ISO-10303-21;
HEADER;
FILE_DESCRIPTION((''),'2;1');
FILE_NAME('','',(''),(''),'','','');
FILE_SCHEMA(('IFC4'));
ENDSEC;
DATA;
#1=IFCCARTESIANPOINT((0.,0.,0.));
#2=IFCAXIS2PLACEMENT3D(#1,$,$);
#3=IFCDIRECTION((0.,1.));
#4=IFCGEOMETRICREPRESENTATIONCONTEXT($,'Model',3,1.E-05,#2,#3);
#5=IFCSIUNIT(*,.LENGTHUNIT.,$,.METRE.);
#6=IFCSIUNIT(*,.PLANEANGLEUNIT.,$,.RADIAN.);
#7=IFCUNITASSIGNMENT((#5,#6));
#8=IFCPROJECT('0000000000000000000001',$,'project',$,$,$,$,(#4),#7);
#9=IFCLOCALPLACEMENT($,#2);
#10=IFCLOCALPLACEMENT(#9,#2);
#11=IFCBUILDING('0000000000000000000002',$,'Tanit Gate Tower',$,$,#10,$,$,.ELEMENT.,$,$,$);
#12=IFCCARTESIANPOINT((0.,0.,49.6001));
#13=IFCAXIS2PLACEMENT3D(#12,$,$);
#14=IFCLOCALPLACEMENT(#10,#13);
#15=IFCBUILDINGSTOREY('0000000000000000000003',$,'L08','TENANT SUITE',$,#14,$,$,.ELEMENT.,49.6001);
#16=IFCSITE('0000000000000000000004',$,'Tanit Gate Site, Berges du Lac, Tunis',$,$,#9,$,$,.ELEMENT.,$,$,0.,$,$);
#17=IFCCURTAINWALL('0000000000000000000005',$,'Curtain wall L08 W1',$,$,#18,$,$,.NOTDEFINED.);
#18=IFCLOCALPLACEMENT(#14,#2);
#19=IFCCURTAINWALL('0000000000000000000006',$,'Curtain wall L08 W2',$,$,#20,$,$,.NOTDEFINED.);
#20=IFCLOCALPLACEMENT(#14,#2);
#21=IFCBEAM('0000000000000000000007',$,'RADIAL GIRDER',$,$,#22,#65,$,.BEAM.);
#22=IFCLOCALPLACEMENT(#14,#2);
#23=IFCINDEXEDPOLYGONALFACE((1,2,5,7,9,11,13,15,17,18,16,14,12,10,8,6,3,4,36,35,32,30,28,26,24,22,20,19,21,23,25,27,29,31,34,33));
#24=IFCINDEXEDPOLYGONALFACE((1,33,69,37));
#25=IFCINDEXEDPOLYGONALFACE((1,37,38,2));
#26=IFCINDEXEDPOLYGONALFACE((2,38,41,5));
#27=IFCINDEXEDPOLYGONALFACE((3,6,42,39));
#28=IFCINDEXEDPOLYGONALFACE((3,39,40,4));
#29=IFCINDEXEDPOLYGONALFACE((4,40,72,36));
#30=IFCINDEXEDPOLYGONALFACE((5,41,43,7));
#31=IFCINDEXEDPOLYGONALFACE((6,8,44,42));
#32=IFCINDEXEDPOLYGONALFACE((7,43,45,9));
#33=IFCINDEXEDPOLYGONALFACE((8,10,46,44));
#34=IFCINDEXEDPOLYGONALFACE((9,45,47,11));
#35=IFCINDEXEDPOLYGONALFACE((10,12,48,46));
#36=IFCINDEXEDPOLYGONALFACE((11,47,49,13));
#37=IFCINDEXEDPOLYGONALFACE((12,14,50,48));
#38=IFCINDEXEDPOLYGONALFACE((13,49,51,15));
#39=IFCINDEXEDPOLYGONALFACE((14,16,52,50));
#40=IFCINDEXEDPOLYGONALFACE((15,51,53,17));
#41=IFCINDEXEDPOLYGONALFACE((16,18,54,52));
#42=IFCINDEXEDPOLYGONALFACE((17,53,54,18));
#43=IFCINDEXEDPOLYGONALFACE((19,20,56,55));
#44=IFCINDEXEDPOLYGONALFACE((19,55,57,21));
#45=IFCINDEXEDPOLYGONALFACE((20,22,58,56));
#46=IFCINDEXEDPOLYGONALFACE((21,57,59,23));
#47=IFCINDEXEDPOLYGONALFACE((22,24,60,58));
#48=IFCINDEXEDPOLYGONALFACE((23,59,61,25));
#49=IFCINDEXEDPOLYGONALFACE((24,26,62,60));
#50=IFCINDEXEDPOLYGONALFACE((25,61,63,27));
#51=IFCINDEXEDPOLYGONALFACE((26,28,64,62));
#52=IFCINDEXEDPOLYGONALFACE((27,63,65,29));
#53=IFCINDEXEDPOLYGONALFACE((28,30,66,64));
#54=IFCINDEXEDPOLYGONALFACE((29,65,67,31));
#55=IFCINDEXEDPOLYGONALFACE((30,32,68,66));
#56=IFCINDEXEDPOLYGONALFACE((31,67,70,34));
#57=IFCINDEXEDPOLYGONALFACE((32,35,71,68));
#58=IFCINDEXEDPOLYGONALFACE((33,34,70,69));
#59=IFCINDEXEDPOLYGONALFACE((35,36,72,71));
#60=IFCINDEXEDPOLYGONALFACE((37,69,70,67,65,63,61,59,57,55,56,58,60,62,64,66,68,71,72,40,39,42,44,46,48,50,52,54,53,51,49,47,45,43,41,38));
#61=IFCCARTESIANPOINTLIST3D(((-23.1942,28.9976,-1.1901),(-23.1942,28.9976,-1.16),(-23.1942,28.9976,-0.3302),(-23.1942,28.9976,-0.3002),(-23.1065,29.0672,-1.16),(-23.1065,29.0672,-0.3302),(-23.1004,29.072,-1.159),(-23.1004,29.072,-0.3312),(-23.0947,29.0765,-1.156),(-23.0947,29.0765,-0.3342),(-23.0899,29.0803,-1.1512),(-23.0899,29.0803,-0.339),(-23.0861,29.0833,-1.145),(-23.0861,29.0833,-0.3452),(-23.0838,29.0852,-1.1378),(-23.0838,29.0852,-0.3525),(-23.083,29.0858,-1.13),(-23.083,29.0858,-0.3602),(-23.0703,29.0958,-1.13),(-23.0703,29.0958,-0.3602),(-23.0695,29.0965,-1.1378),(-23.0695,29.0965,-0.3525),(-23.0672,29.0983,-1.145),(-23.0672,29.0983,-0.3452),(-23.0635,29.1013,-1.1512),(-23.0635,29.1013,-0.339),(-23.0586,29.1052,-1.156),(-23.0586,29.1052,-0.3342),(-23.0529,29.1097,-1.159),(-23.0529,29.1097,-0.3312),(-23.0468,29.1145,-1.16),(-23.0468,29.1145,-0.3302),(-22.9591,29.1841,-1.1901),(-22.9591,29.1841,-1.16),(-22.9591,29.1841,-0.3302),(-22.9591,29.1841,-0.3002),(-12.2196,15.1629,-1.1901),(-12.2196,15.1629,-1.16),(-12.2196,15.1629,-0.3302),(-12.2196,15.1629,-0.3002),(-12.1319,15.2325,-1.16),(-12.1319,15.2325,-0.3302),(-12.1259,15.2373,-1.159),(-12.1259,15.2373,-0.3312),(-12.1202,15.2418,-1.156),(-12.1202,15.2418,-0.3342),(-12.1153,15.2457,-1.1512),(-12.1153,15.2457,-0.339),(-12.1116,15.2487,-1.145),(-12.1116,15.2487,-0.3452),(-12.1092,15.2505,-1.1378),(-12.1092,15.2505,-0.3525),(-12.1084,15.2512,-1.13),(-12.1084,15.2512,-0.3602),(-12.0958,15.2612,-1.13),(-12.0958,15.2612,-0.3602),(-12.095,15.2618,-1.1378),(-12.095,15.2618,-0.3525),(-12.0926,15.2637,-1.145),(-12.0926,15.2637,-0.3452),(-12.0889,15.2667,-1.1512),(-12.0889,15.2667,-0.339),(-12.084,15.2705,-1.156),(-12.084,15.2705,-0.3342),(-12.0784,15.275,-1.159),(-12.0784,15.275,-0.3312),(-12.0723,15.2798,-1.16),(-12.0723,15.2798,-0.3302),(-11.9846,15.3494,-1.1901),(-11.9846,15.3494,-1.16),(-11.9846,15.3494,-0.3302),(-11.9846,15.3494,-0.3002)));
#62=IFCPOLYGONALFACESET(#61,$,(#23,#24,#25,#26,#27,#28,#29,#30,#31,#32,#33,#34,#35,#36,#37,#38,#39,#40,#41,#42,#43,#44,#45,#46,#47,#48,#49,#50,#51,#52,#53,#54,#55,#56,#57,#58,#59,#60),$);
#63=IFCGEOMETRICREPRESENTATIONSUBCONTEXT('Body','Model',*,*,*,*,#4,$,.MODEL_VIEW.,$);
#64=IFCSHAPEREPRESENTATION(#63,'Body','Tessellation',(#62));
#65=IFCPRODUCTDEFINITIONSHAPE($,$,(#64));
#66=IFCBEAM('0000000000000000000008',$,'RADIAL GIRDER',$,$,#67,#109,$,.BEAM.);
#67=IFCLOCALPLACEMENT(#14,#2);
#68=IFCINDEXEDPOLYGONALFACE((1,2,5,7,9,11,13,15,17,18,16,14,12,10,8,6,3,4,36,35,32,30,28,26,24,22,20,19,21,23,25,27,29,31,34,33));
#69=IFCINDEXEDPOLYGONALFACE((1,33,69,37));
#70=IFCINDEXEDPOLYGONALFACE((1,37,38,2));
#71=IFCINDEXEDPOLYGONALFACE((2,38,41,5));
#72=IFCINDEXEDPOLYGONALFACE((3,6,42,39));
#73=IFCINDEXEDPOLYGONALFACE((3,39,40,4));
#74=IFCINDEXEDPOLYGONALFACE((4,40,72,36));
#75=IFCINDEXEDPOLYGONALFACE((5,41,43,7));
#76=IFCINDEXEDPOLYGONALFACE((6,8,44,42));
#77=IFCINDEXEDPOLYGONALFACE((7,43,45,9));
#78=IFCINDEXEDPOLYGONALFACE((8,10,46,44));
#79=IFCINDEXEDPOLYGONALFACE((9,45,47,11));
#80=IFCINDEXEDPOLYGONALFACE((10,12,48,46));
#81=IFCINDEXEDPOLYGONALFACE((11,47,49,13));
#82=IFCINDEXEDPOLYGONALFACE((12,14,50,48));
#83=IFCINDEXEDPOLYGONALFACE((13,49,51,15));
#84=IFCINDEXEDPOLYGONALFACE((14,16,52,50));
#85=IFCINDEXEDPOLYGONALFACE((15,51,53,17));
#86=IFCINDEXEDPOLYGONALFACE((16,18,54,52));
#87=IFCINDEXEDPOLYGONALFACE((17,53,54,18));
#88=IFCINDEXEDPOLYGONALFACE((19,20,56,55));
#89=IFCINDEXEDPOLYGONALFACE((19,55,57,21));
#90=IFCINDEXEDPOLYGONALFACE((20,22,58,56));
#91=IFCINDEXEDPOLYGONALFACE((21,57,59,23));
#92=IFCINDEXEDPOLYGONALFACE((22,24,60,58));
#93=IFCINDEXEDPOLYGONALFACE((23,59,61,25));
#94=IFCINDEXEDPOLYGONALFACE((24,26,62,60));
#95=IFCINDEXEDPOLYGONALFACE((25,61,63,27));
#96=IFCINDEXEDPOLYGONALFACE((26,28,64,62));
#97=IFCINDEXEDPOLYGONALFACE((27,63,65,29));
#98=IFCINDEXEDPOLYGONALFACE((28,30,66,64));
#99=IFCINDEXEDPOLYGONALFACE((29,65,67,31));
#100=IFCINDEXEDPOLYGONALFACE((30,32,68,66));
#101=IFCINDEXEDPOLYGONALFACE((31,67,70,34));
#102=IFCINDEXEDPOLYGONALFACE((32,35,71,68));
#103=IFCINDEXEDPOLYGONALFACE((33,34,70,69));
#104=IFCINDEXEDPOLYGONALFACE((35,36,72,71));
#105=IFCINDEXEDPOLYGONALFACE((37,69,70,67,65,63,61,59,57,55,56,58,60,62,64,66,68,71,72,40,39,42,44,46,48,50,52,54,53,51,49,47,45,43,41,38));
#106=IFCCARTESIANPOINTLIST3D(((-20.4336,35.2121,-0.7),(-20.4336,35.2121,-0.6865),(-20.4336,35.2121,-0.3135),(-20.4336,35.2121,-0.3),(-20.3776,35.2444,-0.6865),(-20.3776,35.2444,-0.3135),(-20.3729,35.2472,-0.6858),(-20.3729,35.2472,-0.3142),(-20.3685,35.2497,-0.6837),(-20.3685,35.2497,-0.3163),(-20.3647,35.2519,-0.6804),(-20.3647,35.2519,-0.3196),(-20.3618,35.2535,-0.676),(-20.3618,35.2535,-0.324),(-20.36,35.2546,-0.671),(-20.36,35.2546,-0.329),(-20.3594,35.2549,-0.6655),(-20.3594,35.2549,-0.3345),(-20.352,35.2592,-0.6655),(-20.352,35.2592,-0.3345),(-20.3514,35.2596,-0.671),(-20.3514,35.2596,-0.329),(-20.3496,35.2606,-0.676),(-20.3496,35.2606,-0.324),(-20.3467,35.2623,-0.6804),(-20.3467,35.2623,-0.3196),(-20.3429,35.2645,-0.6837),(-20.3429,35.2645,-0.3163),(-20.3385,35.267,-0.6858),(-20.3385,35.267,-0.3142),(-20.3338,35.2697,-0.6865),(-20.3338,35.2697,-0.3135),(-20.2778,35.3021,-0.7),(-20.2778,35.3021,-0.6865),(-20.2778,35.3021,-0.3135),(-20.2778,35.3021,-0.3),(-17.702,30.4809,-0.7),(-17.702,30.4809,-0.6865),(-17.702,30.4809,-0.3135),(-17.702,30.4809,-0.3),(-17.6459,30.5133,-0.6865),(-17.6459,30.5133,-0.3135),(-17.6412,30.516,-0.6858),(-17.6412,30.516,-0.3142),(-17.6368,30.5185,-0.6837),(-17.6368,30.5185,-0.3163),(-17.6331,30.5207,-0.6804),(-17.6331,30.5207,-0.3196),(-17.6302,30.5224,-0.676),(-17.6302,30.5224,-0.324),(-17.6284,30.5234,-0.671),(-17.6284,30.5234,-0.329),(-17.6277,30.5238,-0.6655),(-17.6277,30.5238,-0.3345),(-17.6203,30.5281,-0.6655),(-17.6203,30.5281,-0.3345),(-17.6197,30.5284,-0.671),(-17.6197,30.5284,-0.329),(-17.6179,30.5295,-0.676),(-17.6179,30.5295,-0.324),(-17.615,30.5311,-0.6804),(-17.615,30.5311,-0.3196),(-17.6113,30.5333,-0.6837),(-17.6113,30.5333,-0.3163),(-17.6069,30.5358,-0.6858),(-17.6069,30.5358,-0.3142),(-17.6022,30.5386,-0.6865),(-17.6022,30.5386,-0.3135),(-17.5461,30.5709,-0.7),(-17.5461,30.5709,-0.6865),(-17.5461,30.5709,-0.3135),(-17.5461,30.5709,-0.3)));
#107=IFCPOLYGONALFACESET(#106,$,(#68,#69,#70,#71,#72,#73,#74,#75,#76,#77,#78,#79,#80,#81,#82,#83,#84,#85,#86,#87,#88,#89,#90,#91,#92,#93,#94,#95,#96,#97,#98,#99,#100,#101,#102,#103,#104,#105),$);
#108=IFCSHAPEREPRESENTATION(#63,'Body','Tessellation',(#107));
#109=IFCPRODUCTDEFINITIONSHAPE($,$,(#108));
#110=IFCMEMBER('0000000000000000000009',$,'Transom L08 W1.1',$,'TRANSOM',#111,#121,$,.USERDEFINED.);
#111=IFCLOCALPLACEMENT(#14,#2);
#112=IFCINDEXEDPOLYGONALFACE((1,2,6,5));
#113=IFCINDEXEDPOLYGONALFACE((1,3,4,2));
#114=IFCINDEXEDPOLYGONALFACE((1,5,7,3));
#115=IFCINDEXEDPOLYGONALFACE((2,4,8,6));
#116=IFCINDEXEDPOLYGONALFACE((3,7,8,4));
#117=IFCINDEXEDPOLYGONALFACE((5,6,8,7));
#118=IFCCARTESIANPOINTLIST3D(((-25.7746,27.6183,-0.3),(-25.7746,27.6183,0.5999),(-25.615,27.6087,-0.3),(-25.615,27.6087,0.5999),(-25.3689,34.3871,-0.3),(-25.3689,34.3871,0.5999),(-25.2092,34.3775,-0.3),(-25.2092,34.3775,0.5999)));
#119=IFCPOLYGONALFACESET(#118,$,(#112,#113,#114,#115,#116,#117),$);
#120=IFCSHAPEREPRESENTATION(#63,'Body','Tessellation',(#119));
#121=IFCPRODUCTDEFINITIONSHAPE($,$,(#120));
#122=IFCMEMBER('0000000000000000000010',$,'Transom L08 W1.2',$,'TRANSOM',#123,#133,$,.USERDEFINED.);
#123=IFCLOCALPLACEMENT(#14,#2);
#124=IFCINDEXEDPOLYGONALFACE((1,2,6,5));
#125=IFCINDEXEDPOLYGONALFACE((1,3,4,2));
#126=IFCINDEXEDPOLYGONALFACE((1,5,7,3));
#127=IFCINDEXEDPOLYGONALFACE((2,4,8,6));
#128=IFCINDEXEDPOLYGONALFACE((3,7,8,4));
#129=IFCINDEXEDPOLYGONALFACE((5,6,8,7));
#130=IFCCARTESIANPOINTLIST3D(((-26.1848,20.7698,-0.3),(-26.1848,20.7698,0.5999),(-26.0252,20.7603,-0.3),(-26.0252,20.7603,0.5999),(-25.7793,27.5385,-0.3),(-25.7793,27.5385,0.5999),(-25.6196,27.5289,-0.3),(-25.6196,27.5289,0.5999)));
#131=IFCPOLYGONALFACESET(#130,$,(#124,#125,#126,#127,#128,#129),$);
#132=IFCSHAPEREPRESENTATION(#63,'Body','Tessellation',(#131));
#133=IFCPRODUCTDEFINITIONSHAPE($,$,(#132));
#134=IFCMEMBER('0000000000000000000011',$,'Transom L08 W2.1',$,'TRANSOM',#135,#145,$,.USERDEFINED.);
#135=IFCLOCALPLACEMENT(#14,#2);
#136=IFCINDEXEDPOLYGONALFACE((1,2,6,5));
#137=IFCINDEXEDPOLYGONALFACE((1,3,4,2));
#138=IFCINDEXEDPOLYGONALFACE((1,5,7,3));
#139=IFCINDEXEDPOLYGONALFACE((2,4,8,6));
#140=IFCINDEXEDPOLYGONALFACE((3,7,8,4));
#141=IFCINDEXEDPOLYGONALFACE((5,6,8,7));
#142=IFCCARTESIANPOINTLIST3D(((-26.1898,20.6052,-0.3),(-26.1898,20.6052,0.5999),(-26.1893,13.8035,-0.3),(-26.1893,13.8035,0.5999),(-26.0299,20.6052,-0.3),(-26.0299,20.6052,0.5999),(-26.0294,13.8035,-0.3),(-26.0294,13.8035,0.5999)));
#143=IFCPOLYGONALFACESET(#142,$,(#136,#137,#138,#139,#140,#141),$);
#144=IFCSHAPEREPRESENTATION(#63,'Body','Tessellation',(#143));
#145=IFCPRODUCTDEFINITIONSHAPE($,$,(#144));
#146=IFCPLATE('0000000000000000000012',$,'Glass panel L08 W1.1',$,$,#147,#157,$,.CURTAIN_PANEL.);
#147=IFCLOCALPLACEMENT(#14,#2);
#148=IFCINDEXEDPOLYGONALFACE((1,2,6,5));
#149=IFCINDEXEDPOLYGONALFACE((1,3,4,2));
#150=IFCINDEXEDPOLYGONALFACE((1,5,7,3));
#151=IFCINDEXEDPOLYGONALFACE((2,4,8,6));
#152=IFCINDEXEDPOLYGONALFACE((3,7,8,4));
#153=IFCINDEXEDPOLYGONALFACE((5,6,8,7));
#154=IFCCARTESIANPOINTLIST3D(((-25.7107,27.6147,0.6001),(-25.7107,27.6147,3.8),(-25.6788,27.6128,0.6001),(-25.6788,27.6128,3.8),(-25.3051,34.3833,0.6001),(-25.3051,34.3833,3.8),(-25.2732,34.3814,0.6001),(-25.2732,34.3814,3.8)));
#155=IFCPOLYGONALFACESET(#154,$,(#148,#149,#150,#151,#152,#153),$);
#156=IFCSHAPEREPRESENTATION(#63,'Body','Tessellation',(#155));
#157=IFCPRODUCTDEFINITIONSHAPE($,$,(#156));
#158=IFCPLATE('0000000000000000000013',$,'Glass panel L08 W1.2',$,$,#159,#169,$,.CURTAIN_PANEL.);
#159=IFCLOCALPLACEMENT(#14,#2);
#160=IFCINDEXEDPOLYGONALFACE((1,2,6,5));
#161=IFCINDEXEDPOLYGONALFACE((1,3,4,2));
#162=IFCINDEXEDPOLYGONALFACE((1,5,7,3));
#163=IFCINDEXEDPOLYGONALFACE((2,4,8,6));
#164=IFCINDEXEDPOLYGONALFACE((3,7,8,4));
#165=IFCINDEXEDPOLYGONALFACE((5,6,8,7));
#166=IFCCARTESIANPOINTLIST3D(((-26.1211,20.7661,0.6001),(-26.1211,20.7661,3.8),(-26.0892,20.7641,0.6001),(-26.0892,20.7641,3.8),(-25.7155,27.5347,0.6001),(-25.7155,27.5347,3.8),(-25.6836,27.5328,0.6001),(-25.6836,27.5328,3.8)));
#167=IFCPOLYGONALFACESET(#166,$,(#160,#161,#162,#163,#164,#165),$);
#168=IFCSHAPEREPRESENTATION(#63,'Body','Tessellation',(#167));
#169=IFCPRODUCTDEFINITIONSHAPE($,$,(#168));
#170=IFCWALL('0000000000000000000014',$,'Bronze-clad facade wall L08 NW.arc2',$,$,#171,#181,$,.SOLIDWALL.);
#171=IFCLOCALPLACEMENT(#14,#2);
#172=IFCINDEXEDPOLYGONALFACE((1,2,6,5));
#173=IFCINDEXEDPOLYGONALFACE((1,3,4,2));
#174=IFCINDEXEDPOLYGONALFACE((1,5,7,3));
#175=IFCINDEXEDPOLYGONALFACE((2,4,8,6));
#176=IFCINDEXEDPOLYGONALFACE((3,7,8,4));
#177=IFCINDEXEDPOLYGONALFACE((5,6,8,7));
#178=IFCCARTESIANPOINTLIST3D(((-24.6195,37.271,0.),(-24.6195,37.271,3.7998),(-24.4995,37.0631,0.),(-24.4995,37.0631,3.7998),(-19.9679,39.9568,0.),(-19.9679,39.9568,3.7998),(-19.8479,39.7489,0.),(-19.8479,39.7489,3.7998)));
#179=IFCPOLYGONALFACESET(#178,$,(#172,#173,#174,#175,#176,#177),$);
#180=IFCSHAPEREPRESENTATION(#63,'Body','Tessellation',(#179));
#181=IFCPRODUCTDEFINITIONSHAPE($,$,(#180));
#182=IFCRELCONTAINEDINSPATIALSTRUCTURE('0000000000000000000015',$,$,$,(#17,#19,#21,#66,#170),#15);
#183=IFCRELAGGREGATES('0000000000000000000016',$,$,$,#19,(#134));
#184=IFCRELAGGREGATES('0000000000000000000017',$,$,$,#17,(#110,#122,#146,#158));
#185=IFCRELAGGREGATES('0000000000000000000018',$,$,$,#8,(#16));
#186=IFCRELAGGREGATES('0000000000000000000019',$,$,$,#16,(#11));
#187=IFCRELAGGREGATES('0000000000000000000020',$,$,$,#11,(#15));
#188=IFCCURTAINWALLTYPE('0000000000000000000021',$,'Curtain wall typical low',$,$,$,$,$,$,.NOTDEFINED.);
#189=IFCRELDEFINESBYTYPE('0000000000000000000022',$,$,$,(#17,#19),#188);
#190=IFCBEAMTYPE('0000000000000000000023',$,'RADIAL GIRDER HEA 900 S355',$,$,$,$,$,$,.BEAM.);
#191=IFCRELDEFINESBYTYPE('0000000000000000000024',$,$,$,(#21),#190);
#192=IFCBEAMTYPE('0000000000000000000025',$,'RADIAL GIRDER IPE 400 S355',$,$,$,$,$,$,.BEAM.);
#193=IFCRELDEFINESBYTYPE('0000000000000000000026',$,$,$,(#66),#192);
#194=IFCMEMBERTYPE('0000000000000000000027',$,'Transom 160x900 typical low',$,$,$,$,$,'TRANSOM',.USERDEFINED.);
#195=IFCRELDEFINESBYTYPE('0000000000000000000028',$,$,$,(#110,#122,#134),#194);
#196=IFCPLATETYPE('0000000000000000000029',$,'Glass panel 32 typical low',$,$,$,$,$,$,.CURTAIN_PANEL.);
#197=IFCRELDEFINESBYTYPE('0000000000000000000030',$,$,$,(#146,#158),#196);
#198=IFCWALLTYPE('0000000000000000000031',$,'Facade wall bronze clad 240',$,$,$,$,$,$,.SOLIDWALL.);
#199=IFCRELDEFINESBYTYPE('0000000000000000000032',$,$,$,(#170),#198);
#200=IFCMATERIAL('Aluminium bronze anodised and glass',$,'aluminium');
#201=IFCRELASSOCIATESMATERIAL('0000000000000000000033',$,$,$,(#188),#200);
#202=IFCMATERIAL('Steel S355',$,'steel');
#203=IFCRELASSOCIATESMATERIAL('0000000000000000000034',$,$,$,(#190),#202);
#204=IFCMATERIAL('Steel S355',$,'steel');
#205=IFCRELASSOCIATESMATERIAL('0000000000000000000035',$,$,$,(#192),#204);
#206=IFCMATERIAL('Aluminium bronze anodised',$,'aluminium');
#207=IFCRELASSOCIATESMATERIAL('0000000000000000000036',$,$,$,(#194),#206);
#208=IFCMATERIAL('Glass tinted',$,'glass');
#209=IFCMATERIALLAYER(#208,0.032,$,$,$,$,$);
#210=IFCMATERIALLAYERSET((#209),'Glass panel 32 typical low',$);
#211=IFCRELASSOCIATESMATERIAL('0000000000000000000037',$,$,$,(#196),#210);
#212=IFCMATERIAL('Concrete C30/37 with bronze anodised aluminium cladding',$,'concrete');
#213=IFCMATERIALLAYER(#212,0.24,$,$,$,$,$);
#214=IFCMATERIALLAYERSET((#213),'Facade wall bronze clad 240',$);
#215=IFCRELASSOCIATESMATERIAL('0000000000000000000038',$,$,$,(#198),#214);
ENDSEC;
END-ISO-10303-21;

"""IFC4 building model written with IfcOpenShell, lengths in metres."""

from ifc_helpers import new_model, si_unit, direction, frame, frame_2d, origin, origin_2d, place, context, subcontext, project, spatial, rectangle, i_section, extrude, material, layer, layer_set, material_profile, profile_set, type_object, element, aggregate, save


model = new_model("IFC4")

# Units and contexts
model_context = context("Model", 3, precision=1e-05, world=origin(), true_north=direction((0.0, 1.0)))
body_context = subcontext(model_context, "Body", "Model", "MODEL_VIEW")
ifc_project = project(units=[si_unit("LENGTHUNIT", "METRE"), si_unit("PLANEANGLEUNIT", "RADIAN")], contexts=[model_context])

# Site, building, storey
site_placement = place(None, origin())
site = spatial("IfcSite", under=ifc_project, at=site_placement, Name="Tanit Gate Site, Berges du Lac, Tunis", CompositionType="ELEMENT", RefElevation=0.0)
building_placement = place(site_placement, origin())
building = spatial("IfcBuilding", under=site, at=building_placement, Name="Tanit Gate Tower", CompositionType="ELEMENT")
storey_placement = place(building_placement, frame((0.0, 0.0, 49.6001)))
storey = spatial("IfcBuildingStorey", under=building, at=storey_placement, Name="L08", Description="TENANT SUITE", CompositionType="ELEMENT", Elevation=49.6001)

# Curtain walls
ifc_material_1 = material(Name="Aluminium bronze anodised and glass", Category="aluminium")
curtain_wall_type = type_object("IfcCurtainWallType", Name="Curtain wall typical low", PredefinedType="NOTDEFINED", material=ifc_material_1)
curtain_wall_1_placement = place(storey_placement, origin())
curtain_wall_1 = element("IfcCurtainWall", 1, at=curtain_wall_1_placement, inside=storey, type_object=curtain_wall_type, Name="Curtain wall L08 W1", PredefinedType="NOTDEFINED")
curtain_wall_2_placement = place(storey_placement, origin())
curtain_wall_2 = element("IfcCurtainWall", 2, at=curtain_wall_2_placement, inside=storey, type_object=curtain_wall_type, Name="Curtain wall L08 W2", PredefinedType="NOTDEFINED")

# Beams
ifc_material_2 = material(Name="Steel S355", Category="steel")
ifc_material_profile_1 = material_profile(ifc_material_2, i_section(OverallWidth=0.3, OverallDepth=0.8899, WebThickness=0.0161, FlangeThickness=0.03, FilletRadius=0.03, at=origin_2d()), Name="HEA 900")
ifc_profile_set_1 = profile_set([ifc_material_profile_1], Name="Steel S355")
beam_type_1 = type_object("IfcBeamType", Name="RADIAL GIRDER HEA 900 S355", PredefinedType="BEAM", material=ifc_profile_set_1)
beam_1_placement = place(storey_placement, frame((-23.0767, 29.0908, -0.7451), z_axis=(0.621473, -0.783436, 0.0), x_axis=(0.783436, 0.621473, 0.0)))
element("IfcBeam", 3, at=beam_1_placement, inside=storey, type_object=beam_type_1, Name="RADIAL GIRDER", PredefinedType="BEAM", context=body_context, shape_type="SweptSolid", body=[
    extrude(i_section(OverallWidth=0.3, OverallDepth=0.8899, WebThickness=0.0161, FlangeThickness=0.03, FilletRadius=0.03, at=origin_2d()), origin(), (0.0, 0.0, 1.0), 17.6589),
])
ifc_material_3 = material(Name="Steel S355", Category="steel")
ifc_material_profile_2 = material_profile(ifc_material_3, i_section(OverallWidth=0.1799, OverallDepth=0.3999, WebThickness=0.0085, FlangeThickness=0.0134, FilletRadius=0.021, at=origin_2d()), Name="IPE 400")
ifc_profile_set_2 = profile_set([ifc_material_profile_2], Name="Steel S355")
beam_type_2 = type_object("IfcBeamType", Name="RADIAL GIRDER IPE 400 S355", PredefinedType="BEAM", material=ifc_profile_set_2)
beam_2_placement = place(storey_placement, frame((-20.3557, 35.2571, -0.5), z_axis=(0.500018, -0.866015, 0.0), x_axis=(0.866015, 0.500018, 0.0)))
element("IfcBeam", 4, at=beam_2_placement, inside=storey, type_object=beam_type_2, Name="RADIAL GIRDER", PredefinedType="BEAM", context=body_context, shape_type="SweptSolid", body=[
    extrude(i_section(OverallWidth=0.1799, OverallDepth=0.3999, WebThickness=0.0085, FlangeThickness=0.0134, FilletRadius=0.021, at=origin_2d()), origin(), (0.0, 0.0, 1.0), 5.4631),
])

# Members
ifc_material_4 = material(Name="Aluminium bronze anodised", Category="aluminium")
ifc_material_profile_3 = material_profile(ifc_material_4, rectangle(XDim=0.1599, YDim=0.8999, at=origin_2d()), Name="160x900 bronze transom")
ifc_profile_set_3 = profile_set([ifc_material_profile_3], Name="Aluminium bronze anodised")
member_type_1 = type_object("IfcMemberType", Name="Transom 160x900 typical low", ElementType="TRANSOM", PredefinedType="USERDEFINED", material=ifc_profile_set_3)
member_1_placement = place(storey_placement, frame((-25.2891, 34.3823, 0.1499), z_axis=(-0.059838, -0.998208, 0.0), x_axis=(0.998208, -0.059838, 0.0)))
member_1 = element("IfcMember", 5, at=member_1_placement, type_object=member_type_1, Name="Transom L08 W1.1", ObjectType="TRANSOM", PredefinedType="USERDEFINED", context=body_context, shape_type="SweptSolid", body=[
    extrude(rectangle(XDim=0.1599, YDim=0.8999, at=origin_2d()), origin(), (0.0, 0.0, 1.0), 6.781),
])
member_2_placement = place(storey_placement, frame((-25.6995, 27.5337, 0.1499), z_axis=(-0.059805, -0.99821, 0.0), x_axis=(0.99821, -0.059805, 0.0)))
member_2 = element("IfcMember", 6, at=member_2_placement, type_object=member_type_1, Name="Transom L08 W1.2", ObjectType="TRANSOM", PredefinedType="USERDEFINED", context=body_context, shape_type="SweptSolid", body=[
    extrude(rectangle(XDim=0.1599, YDim=0.8999, at=origin_2d()), origin(), (0.0, 0.0, 1.0), 6.7808),
])
member_3_placement = place(storey_placement, frame((-26.1099, 20.6052, 0.1499), z_axis=(0.000072, -1.0, 0.0), x_axis=(1.0, 0.000072, 0.0)))
member_3 = element("IfcMember", 7, at=member_3_placement, type_object=member_type_1, Name="Transom L08 W2.1", ObjectType="TRANSOM", PredefinedType="USERDEFINED", context=body_context, shape_type="SweptSolid", body=[
    extrude(rectangle(XDim=0.1599, YDim=0.8999, at=origin_2d()), origin(), (0.0, 0.0, 1.0), 6.8018),
])
aggregate(curtain_wall_2, [member_3])

# Plates
ifc_material_5 = material(Name="Glass tinted", Category="glass")
ifc_layer_1 = layer(ifc_material_5, 0.032)
ifc_layer_set_1 = layer_set([ifc_layer_1], Name="Glass panel 32 typical low")
plate_type = type_object("IfcPlateType", Name="Glass panel 32 typical low", PredefinedType="CURTAIN_PANEL", material=ifc_layer_set_1)
plate_1_placement = place(storey_placement, frame((-25.4919, 30.998, 0.6001), z_axis=(0.0, 0.0, 1.0), x_axis=(-0.059812, -0.99821, 0.0)))
plate_1 = element("IfcPlate", 8, at=plate_1_placement, type_object=plate_type, Name="Glass panel L08 W1.1", PredefinedType="CURTAIN_PANEL", context=body_context, shape_type="SweptSolid", body=[
    extrude(rectangle(XDim=6.7808, YDim=0.032, at=origin_2d()), origin(), (0.0, 0.0, 1.0), 3.2),
])
plate_2_placement = place(storey_placement, frame((-25.9023, 24.1494, 0.6001), z_axis=(0.0, 0.0, 1.0), x_axis=(-0.059812, -0.99821, 0.0)))
plate_2 = element("IfcPlate", 9, at=plate_2_placement, type_object=plate_type, Name="Glass panel L08 W1.2", PredefinedType="CURTAIN_PANEL", context=body_context, shape_type="SweptSolid", body=[
    extrude(rectangle(XDim=6.7808, YDim=0.032, at=origin_2d()), origin(), (0.0, 0.0, 1.0), 3.2),
])
aggregate(curtain_wall_1, [member_1, member_2, plate_1, plate_2])

# Wall
ifc_material_6 = material(Name="Concrete C30/37 with bronze anodised aluminium cladding", Category="concrete")
ifc_layer_2 = layer(ifc_material_6, 0.24)
ifc_layer_set_2 = layer_set([ifc_layer_2], Name="Facade wall bronze clad 240")
wall_type_1 = type_object("IfcWallType", Name="Facade wall bronze clad 240", PredefinedType="SOLIDWALL", material=ifc_layer_set_2)
wall_1_placement = place(storey_placement, frame((-19.908, 39.8528, 0.0), z_axis=(0.0, 0.0, 1.0), x_axis=(-0.866011, -0.500025, 0.0)))
element("IfcWall", 10, at=wall_1_placement, inside=storey, type_object=wall_type_1, Name="Bronze-clad facade wall L08 NW.arc2", PredefinedType="SOLIDWALL", context=body_context, shape_type="SweptSolid", body=[
    extrude(rectangle(XDim=5.3713, YDim=0.24, at=frame_2d((2.6855, 0.0))), origin(), (0.0, 0.0, 1.0), 3.7998),
])

save(model, "model.ifc")
